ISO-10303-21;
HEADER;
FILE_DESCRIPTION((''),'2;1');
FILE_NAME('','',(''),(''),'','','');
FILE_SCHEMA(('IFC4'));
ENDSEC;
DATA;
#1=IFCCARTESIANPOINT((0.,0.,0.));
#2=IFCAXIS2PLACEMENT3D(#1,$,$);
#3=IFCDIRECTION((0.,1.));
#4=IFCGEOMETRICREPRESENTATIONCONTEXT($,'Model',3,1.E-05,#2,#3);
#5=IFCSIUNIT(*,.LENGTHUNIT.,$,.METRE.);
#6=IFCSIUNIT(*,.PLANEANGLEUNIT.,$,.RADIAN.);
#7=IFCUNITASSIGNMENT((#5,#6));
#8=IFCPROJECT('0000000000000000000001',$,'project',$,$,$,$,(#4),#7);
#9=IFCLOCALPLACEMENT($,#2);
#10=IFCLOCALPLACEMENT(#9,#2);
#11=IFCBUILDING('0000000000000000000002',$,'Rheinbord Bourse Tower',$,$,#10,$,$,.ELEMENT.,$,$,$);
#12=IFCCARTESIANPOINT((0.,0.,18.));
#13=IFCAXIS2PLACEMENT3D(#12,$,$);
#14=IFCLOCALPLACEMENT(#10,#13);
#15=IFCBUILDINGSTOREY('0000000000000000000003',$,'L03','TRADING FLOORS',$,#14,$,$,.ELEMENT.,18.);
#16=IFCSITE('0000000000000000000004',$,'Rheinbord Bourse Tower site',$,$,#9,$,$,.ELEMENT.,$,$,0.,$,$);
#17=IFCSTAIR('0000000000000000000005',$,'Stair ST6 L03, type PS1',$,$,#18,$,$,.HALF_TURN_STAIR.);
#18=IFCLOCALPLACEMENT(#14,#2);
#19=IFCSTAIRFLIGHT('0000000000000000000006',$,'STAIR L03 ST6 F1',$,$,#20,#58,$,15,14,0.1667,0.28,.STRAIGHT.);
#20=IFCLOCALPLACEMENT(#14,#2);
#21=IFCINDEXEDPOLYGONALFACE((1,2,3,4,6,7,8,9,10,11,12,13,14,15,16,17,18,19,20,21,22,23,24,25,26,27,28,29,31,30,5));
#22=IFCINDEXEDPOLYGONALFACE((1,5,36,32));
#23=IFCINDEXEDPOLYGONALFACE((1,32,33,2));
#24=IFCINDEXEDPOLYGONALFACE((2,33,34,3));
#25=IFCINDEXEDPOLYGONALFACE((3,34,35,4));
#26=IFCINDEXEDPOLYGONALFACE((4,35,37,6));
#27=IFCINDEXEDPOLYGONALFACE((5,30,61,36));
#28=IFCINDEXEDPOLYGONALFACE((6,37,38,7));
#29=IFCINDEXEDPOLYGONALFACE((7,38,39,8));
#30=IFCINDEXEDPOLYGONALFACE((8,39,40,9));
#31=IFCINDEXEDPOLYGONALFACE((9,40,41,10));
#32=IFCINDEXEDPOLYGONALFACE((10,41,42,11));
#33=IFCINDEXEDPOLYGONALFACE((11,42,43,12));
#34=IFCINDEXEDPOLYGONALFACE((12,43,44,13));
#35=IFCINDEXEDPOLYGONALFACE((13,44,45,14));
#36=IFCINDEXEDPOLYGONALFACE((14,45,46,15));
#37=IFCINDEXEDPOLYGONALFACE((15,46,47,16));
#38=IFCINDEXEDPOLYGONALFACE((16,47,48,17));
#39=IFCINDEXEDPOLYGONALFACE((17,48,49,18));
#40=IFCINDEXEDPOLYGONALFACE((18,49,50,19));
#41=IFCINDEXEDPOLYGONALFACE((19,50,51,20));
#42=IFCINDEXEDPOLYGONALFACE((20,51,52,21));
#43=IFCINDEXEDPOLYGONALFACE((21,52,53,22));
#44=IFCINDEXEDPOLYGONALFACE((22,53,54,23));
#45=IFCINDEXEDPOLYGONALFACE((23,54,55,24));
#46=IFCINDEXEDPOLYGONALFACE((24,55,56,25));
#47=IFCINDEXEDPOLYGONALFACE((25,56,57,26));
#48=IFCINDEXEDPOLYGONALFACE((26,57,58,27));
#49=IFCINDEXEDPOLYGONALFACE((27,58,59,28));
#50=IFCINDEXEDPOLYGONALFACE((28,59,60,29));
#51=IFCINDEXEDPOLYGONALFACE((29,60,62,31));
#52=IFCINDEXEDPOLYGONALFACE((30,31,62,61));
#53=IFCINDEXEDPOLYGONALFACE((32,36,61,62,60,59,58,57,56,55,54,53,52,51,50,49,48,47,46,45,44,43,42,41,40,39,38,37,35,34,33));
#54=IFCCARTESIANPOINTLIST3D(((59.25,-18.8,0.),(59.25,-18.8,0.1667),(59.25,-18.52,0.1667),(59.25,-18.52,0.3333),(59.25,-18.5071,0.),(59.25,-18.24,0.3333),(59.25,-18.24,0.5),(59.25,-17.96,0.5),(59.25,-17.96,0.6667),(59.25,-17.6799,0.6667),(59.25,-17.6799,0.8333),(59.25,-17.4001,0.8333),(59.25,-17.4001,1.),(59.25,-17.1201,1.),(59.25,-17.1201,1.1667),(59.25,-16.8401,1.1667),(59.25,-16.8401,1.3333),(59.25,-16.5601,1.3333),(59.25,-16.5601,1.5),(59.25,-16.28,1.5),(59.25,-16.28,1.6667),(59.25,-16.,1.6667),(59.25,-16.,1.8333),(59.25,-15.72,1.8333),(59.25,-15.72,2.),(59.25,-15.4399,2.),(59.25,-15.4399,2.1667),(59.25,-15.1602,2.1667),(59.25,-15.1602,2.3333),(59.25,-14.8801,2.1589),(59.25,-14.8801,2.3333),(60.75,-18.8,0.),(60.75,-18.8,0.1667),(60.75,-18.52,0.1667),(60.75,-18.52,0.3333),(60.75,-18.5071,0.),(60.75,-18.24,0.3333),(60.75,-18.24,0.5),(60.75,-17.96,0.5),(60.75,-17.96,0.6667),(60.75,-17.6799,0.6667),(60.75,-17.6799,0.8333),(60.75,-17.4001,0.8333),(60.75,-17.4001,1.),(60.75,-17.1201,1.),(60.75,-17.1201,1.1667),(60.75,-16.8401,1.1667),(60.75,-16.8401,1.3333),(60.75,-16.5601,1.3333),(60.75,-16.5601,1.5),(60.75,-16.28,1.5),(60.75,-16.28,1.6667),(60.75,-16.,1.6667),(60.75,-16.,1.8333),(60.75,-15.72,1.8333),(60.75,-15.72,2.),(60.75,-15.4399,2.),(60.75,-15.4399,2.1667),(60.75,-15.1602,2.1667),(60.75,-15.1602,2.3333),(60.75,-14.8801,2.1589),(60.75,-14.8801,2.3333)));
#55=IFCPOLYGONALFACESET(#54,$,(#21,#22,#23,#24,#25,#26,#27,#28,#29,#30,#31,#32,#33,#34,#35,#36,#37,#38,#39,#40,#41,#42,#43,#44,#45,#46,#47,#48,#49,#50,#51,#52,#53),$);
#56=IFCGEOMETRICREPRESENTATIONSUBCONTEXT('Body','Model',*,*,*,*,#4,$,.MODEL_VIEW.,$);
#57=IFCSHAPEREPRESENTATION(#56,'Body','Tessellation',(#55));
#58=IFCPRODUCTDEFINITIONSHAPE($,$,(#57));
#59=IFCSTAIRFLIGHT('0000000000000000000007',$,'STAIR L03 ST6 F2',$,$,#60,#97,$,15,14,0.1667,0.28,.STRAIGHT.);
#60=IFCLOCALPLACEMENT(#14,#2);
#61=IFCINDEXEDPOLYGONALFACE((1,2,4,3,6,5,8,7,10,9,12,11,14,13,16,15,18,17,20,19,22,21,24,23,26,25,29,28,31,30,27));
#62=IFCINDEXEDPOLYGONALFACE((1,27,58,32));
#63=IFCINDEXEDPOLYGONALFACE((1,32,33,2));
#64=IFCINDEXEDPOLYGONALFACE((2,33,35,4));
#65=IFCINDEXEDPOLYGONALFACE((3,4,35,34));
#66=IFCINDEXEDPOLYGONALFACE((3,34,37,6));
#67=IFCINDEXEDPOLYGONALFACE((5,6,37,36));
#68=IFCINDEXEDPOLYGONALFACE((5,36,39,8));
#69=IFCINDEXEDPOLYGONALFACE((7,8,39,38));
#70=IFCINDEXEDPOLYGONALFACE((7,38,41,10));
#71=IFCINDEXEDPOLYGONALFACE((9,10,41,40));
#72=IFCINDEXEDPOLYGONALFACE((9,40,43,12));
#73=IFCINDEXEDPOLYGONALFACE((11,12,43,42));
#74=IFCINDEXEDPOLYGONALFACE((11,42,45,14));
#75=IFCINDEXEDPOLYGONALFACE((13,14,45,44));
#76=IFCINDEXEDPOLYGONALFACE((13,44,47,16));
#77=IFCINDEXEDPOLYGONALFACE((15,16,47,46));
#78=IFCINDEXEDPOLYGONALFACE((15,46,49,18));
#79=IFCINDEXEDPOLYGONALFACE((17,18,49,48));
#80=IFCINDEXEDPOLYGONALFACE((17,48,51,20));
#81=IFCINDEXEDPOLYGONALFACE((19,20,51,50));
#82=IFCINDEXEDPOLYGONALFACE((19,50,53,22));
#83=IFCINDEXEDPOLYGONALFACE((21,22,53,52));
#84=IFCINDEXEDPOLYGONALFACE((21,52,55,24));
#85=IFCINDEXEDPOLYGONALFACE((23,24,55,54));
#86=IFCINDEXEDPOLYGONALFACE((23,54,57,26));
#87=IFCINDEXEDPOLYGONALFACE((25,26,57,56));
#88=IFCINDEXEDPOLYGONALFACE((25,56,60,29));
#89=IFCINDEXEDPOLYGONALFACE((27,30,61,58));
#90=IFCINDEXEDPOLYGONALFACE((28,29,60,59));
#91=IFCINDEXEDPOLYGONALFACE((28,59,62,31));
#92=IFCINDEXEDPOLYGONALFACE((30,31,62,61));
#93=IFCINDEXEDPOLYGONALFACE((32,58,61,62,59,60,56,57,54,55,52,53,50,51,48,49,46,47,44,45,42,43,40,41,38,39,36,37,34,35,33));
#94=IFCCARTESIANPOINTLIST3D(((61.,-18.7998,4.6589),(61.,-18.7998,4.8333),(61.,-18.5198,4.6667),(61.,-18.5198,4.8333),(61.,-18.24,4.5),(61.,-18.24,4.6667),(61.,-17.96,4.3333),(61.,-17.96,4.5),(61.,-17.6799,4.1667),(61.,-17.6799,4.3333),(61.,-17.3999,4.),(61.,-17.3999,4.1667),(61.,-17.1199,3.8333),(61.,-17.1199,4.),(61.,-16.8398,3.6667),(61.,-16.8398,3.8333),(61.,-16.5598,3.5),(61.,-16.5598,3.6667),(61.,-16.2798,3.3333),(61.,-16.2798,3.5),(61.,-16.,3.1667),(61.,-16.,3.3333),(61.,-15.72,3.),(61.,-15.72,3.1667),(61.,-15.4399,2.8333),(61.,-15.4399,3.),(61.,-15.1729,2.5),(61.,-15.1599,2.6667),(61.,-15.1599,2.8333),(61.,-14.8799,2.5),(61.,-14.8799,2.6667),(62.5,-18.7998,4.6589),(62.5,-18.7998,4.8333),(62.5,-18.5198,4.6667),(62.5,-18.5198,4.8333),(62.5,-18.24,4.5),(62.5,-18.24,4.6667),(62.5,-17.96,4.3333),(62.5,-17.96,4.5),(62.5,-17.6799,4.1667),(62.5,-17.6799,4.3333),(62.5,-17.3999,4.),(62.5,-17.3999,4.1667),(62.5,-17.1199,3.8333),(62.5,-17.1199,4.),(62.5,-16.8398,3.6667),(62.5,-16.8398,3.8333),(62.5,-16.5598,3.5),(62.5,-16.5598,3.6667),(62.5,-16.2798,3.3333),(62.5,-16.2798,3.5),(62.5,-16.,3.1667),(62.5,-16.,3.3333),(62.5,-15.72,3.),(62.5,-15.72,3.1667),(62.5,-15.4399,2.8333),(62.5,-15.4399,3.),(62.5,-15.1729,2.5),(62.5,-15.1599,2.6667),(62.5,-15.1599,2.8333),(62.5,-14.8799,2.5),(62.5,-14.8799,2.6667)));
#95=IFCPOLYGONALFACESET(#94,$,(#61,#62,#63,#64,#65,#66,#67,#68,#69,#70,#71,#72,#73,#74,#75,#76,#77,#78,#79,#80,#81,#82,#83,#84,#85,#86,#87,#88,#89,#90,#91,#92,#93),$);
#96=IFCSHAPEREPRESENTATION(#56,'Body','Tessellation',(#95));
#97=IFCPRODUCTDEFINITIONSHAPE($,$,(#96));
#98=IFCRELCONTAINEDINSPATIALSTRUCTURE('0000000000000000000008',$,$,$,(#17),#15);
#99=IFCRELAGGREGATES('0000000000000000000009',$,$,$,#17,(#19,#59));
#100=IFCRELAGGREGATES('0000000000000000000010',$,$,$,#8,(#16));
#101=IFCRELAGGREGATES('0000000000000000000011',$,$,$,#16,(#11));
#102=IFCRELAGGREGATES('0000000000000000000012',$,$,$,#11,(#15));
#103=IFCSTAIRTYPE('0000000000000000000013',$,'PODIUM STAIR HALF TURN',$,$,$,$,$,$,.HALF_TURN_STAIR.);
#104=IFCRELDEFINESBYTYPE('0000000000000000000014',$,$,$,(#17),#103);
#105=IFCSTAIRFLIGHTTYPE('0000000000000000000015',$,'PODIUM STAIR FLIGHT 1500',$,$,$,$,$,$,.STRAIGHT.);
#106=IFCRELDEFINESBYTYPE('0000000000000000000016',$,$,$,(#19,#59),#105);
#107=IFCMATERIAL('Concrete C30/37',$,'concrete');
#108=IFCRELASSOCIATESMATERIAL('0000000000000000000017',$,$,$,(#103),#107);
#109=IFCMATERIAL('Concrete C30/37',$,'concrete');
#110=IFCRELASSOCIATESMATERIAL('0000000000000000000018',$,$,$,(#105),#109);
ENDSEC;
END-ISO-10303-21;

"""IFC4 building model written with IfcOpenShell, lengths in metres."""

from ifc_helpers import new_model, si_unit, direction, frame, origin, place, context, subcontext, project, spatial, polyline, outline, extrude, material, type_object, element, aggregate, save


model = new_model("IFC4")

# Units and contexts
model_context = context("Model", 3, precision=1e-05, world=origin(), true_north=direction((0.0, 1.0)))
body_context = subcontext(model_context, "Body", "Model", "MODEL_VIEW")
ifc_project = project(units=[si_unit("LENGTHUNIT", "METRE"), si_unit("PLANEANGLEUNIT", "RADIAN")], contexts=[model_context])

# Site, building, storey
site_placement = place(None, origin())
site = spatial("IfcSite", under=ifc_project, at=site_placement, Name="Rheinbord Bourse Tower site", CompositionType="ELEMENT", RefElevation=0.0)
building_placement = place(site_placement, origin())
building = spatial("IfcBuilding", under=site, at=building_placement, Name="Rheinbord Bourse Tower", CompositionType="ELEMENT")
storey_placement = place(building_placement, frame((0.0, 0.0, 18.0)))
storey = spatial("IfcBuildingStorey", under=building, at=storey_placement, Name="L03", Description="TRADING FLOORS", CompositionType="ELEMENT", Elevation=18.0)

# Stair, stair flights
ifc_material_1 = material(Name="Concrete C30/37", Category="concrete")
stair_type = type_object("IfcStairType", Name="PODIUM STAIR HALF TURN", PredefinedType="HALF_TURN_STAIR", material=ifc_material_1)
stair_placement = place(storey_placement, origin())
stair = element("IfcStair", 1, at=stair_placement, inside=storey, type_object=stair_type, Name="Stair ST6 L03, type PS1", PredefinedType="HALF_TURN_STAIR")
ifc_material_2 = material(Name="Concrete C30/37", Category="concrete")
stair_flight_type = type_object("IfcStairFlightType", Name="PODIUM STAIR FLIGHT 1500", PredefinedType="STRAIGHT", material=ifc_material_2)
stair_flight_1_placement = place(storey_placement, frame((60.0, -18.8, 0.0), z_axis=(0.0, 0.0, 1.0), x_axis=(0.0, 1.0, 0.0)))
stair_flight_1 = element("IfcStairFlight", 2, at=stair_flight_1_placement, type_object=stair_flight_type, Name="STAIR L03 ST6 F1", NumberOfRisers=15, NumberOfTreads=14, PredefinedType="STRAIGHT", RiserHeight=0.1667, TreadLength=0.28, context=body_context, shape_type="SweptSolid", body=[
    extrude(outline(polyline([(0.0, 0.0), (0.0, 0.1667), (0.28, 0.1667), (0.28, 0.3333), (0.5601, 0.3333), (0.5601, 0.5), (0.8401, 0.5), (0.8401, 0.6667), (1.1201, 0.6667), (1.1201, 0.8333), (1.3999, 0.8333), (1.3999, 1.0), (1.6799, 1.0), (1.6799, 1.1667), (1.96, 1.1667), (1.96, 1.3333), (2.24, 1.3333), (2.24, 1.5), (2.52, 1.5), (2.52, 1.6667), (2.8, 1.6667), (2.8, 1.8333), (3.0801, 1.8333), (3.0801, 2.0), (3.3601, 2.0), (3.3601, 2.1667), (3.6399, 2.1667), (3.6399, 2.3333), (3.9199, 2.3333), (3.9199, 2.5), (3.9199, 2.1589), (0.293, 0.0), (0.0, 0.0)])), frame((0.0, 0.75, 0.0), z_axis=(0.0, -1.0, 0.0), x_axis=(1.0, 0.0, 0.0)), (0.0, 0.0, 1.0), 1.5),
])
stair_flight_2_placement = place(storey_placement, frame((61.75, -14.8799, 2.5), z_axis=(0.0, 0.0, 1.0), x_axis=(0.0, -1.0, 0.0)))
stair_flight_2 = element("IfcStairFlight", 3, at=stair_flight_2_placement, type_object=stair_flight_type, Name="STAIR L03 ST6 F2", NumberOfRisers=15, NumberOfTreads=14, PredefinedType="STRAIGHT", RiserHeight=0.1667, TreadLength=0.28, context=body_context, shape_type="SweptSolid", body=[
    extrude(outline(polyline([(0.0, 0.0), (0.0, 0.1667), (0.28, 0.1667), (0.28, 0.3333), (0.5601, 0.3333), (0.5601, 0.5), (0.8401, 0.5), (0.8401, 0.6667), (1.1201, 0.6667), (1.1201, 0.8333), (1.3999, 0.8333), (1.3999, 1.0), (1.6799, 1.0), (1.6799, 1.1667), (1.96, 1.1667), (1.96, 1.3333), (2.24, 1.3333), (2.24, 1.5), (2.52, 1.5), (2.52, 1.6667), (2.8, 1.6667), (2.8, 1.8333), (3.0801, 1.8333), (3.0801, 2.0), (3.3601, 2.0), (3.3601, 2.1667), (3.6399, 2.1667), (3.6399, 2.3333), (3.9199, 2.3333), (3.9199, 2.5), (3.9199, 2.1589), (0.293, 0.0), (0.0, 0.0)])), frame((0.0, 0.75, 0.0), z_axis=(0.0, -1.0, 0.0), x_axis=(1.0, 0.0, 0.0)), (0.0, 0.0, 1.0), 1.5),
])
aggregate(stair, [stair_flight_1, stair_flight_2])

save(model, "model.ifc")
